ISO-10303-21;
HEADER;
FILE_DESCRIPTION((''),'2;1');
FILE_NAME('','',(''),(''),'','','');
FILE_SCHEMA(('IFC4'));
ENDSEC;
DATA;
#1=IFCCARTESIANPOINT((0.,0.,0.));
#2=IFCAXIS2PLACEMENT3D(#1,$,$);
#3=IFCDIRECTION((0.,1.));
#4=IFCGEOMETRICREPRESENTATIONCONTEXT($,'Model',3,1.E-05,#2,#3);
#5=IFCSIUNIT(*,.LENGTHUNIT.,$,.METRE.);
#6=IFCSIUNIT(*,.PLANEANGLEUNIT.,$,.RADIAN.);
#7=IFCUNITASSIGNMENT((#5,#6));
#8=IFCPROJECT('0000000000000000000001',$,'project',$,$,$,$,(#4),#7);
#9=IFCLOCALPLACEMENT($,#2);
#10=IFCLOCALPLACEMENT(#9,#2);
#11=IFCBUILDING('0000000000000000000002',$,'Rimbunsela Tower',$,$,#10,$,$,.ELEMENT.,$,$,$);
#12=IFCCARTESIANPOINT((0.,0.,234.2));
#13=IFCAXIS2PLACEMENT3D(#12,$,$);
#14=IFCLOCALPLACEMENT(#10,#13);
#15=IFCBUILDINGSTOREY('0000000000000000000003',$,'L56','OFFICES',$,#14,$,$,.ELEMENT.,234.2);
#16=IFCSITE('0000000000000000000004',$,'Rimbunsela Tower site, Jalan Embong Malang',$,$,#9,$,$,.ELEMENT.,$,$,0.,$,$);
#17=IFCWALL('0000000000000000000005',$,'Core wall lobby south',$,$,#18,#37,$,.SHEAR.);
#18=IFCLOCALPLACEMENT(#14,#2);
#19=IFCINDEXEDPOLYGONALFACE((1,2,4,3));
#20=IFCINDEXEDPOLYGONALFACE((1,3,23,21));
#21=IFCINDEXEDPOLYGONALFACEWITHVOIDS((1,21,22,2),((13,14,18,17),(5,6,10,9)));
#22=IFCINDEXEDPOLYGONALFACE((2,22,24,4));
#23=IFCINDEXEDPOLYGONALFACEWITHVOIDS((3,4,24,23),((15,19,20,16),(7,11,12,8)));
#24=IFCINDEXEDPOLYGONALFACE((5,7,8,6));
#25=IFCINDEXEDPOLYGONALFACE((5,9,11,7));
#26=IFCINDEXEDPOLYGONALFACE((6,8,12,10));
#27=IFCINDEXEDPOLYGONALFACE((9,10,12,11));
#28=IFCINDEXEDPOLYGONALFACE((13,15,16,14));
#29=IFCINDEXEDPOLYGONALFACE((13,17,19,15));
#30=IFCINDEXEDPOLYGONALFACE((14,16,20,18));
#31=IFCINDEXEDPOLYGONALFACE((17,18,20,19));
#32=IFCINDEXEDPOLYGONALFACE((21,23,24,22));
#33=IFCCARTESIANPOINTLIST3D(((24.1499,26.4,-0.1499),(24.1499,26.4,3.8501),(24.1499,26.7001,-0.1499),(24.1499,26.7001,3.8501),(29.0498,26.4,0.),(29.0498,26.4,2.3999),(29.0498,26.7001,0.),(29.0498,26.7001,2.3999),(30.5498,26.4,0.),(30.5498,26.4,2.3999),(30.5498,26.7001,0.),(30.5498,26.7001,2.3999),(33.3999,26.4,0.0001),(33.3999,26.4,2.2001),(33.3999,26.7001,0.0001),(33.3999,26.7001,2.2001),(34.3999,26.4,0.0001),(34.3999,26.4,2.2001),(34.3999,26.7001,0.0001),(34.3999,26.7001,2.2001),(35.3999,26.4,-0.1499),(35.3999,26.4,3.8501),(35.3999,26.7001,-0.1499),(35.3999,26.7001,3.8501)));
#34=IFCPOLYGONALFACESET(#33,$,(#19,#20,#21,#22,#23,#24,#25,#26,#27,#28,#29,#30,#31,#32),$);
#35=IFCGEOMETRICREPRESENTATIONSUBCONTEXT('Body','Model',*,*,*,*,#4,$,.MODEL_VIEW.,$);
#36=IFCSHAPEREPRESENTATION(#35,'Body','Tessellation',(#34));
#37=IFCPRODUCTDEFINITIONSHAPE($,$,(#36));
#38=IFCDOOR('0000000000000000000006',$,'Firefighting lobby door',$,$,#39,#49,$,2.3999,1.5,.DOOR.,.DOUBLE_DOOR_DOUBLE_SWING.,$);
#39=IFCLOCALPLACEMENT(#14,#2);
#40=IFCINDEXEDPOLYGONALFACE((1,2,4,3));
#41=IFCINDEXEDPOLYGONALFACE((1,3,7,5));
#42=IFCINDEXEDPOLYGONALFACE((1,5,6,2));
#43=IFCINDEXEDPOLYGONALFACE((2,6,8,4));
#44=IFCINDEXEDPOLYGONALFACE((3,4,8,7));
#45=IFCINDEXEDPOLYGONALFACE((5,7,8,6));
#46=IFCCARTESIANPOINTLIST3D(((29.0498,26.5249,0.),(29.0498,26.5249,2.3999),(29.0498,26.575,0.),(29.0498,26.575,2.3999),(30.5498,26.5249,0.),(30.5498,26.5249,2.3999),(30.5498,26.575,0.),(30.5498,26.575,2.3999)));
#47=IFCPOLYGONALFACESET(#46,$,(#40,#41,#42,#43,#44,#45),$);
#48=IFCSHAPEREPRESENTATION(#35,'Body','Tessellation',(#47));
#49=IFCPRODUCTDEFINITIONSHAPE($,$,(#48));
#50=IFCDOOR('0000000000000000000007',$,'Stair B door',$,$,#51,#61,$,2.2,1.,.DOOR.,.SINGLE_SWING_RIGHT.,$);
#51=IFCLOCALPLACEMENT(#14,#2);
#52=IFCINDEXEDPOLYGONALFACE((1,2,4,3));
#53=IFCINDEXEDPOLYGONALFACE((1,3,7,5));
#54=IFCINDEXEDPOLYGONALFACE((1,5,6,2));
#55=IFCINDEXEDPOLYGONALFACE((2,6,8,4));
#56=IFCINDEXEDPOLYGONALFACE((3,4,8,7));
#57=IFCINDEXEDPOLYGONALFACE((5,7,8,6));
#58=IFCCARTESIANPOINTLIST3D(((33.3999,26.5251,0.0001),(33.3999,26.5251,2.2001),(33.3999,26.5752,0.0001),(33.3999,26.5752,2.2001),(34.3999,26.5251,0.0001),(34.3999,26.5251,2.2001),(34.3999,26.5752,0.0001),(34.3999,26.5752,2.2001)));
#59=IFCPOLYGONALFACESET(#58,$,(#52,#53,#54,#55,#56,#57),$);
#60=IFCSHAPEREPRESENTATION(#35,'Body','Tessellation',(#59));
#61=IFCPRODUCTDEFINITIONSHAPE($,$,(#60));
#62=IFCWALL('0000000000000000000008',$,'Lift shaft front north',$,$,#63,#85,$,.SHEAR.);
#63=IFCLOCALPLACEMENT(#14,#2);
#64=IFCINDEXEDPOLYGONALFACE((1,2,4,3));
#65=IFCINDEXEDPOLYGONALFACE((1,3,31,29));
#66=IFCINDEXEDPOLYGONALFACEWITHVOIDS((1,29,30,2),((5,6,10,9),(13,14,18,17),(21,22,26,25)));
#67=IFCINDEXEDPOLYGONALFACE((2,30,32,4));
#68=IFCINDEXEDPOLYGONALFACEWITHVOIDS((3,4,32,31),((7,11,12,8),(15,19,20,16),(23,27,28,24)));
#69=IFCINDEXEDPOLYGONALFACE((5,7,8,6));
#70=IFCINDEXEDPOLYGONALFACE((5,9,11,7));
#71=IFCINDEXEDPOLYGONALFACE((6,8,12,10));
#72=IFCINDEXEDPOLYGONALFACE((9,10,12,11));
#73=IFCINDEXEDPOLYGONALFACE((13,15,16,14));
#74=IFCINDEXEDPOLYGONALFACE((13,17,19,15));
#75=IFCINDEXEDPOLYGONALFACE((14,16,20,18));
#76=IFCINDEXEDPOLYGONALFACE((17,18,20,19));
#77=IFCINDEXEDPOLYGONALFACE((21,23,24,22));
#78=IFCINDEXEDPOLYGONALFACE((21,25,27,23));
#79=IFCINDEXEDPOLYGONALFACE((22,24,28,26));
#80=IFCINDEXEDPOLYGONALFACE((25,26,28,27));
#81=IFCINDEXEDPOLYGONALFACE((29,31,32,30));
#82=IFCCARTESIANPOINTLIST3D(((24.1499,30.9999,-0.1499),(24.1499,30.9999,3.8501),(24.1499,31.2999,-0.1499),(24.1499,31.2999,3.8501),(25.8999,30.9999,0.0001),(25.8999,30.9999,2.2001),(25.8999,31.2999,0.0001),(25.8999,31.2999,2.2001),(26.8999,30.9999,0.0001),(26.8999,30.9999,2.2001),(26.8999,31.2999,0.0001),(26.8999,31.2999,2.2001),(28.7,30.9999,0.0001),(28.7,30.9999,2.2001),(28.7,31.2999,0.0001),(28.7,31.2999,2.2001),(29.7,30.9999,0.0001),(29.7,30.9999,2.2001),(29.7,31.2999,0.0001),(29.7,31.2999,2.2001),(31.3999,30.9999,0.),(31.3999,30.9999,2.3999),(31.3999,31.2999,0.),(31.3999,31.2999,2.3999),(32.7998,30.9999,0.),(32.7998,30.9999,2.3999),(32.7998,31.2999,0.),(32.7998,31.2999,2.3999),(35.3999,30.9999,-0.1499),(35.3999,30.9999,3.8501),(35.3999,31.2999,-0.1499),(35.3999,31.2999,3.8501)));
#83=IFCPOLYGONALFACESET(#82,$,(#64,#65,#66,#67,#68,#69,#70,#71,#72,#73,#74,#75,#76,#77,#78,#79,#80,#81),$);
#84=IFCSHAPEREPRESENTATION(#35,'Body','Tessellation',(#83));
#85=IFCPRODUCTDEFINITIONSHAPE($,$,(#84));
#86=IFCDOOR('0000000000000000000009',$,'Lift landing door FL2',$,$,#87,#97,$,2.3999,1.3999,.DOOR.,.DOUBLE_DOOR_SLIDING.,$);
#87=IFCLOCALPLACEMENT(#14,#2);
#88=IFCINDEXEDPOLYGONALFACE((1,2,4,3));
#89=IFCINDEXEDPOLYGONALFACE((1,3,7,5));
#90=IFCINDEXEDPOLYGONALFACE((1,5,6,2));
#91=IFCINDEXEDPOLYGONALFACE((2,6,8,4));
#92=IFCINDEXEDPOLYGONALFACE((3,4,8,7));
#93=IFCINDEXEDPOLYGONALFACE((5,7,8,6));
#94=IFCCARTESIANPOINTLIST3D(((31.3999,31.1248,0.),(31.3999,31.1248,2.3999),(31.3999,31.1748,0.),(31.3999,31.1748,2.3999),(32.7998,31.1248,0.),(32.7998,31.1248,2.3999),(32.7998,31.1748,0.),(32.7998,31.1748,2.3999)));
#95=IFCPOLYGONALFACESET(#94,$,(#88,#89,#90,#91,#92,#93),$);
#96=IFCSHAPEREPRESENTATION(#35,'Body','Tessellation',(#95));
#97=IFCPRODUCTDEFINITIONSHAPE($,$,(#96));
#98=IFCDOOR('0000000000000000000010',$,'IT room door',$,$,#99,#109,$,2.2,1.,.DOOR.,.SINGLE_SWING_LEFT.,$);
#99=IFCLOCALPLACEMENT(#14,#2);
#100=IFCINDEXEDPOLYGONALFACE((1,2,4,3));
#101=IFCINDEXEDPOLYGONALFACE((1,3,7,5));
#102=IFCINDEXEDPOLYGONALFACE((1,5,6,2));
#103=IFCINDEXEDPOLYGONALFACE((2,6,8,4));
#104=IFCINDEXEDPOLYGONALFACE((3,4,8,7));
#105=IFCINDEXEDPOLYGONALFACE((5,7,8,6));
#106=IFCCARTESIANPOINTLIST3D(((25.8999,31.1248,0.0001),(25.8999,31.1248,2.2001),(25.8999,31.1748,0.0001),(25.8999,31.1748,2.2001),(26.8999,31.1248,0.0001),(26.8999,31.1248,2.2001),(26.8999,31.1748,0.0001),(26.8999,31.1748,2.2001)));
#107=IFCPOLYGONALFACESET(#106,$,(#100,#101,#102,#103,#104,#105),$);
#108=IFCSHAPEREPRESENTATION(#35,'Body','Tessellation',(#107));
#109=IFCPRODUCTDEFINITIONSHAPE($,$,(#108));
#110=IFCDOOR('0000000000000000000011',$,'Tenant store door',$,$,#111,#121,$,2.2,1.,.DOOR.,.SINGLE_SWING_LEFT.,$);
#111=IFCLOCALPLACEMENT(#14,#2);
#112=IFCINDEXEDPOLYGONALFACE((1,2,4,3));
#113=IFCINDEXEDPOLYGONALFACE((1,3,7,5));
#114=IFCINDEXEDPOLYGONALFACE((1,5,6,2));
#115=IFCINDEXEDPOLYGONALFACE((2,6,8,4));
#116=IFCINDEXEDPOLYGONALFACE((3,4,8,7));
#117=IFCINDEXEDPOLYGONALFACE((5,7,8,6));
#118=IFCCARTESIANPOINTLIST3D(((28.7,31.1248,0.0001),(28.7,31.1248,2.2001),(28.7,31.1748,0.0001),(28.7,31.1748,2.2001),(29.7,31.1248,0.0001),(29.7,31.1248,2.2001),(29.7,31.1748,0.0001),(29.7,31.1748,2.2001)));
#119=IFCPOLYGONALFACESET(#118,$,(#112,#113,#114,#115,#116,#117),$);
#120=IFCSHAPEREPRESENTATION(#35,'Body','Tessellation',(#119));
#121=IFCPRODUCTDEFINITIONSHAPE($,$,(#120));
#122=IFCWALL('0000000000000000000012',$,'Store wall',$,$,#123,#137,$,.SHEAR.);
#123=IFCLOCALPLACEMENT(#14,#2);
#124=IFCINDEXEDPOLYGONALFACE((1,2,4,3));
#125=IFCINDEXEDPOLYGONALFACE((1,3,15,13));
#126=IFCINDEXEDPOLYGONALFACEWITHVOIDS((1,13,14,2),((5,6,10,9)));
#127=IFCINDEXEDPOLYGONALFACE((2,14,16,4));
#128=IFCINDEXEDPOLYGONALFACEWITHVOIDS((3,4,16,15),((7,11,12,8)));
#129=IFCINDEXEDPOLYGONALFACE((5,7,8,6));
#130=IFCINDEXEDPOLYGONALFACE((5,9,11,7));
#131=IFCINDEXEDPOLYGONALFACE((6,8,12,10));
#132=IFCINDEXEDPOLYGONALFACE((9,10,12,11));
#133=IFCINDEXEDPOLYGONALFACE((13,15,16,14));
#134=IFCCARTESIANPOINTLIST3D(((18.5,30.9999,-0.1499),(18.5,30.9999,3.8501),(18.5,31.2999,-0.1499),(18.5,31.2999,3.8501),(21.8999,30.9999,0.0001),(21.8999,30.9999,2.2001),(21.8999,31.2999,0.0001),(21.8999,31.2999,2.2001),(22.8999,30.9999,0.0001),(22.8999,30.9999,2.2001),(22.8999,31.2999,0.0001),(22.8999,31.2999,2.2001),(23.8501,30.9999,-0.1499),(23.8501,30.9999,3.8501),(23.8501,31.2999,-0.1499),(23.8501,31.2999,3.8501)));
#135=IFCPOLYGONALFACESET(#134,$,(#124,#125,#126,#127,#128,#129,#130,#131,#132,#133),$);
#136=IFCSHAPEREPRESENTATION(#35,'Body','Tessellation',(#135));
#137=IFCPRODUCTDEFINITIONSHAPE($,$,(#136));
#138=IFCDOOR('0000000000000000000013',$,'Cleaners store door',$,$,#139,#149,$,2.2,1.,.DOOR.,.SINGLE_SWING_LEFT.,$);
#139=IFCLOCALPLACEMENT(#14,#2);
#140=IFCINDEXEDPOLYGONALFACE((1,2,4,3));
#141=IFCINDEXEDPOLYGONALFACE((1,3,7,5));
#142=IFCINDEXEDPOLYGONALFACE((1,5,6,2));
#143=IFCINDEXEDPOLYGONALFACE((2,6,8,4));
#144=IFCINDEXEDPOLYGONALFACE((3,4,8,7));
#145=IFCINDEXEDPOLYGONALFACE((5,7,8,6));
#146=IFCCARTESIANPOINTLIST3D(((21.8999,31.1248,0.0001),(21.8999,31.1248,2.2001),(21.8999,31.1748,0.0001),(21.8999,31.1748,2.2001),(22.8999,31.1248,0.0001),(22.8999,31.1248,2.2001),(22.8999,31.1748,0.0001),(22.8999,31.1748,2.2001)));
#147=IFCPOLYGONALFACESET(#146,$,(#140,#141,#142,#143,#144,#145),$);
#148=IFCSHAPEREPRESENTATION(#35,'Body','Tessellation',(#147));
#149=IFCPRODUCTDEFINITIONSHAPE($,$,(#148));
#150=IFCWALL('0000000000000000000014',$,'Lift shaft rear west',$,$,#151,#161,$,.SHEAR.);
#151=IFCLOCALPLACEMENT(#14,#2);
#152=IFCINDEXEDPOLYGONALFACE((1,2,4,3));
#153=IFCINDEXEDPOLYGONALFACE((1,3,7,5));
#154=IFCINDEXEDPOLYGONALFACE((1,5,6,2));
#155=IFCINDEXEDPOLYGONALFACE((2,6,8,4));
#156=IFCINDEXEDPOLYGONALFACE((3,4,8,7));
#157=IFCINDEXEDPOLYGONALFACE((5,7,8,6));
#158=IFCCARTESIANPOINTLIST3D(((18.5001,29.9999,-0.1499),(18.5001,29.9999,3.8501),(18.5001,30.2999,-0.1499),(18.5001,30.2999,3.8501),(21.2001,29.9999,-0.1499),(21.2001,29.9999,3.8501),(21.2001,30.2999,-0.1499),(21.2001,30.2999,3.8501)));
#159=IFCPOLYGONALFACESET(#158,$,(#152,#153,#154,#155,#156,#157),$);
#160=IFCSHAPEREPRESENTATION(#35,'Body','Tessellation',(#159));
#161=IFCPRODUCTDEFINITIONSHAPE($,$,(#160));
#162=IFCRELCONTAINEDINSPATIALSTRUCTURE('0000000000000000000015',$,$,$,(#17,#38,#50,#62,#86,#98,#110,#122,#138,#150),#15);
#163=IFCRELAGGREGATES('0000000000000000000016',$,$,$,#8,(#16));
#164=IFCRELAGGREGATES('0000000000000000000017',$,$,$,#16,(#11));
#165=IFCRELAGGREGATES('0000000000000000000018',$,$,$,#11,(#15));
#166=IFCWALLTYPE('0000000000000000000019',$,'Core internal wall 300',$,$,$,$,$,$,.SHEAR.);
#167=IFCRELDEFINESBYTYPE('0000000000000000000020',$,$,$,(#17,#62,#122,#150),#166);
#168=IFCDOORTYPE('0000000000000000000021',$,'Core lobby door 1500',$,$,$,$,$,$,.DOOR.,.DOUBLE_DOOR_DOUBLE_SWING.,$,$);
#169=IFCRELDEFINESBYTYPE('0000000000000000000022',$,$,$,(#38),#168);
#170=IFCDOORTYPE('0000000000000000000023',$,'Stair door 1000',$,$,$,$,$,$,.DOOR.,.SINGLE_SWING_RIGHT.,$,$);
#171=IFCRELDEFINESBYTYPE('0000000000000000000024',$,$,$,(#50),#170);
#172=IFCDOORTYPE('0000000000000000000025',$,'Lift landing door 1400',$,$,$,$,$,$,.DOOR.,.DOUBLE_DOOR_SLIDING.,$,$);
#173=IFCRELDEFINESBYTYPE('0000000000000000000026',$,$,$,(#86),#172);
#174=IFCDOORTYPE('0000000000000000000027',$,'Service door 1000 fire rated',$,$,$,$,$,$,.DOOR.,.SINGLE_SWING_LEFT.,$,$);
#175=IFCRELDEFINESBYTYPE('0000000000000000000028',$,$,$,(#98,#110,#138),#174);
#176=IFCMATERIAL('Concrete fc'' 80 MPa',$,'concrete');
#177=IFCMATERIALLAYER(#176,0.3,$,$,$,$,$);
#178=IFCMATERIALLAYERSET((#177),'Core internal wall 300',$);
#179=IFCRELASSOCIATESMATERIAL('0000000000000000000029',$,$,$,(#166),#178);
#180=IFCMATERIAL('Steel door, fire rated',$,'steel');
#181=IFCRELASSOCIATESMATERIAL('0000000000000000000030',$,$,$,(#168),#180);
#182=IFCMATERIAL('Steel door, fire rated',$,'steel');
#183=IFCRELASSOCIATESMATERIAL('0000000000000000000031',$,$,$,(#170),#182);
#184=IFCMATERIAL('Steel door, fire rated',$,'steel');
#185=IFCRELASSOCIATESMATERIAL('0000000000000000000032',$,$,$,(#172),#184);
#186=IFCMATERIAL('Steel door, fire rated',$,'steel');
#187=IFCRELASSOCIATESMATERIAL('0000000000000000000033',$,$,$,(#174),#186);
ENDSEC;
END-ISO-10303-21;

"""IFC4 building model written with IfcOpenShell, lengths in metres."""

from ifc_helpers import new_model, si_unit, direction, frame, frame_2d, origin, place, context, subcontext, project, spatial, rectangle, extrude, material, layer, layer_set, type_object, element, fill, save


model = new_model("IFC4")

# Units and contexts
model_context = context("Model", 3, precision=1e-05, world=origin(), true_north=direction((0.0, 1.0)))
body_context = subcontext(model_context, "Body", "Model", "MODEL_VIEW")
ifc_project = project(units=[si_unit("LENGTHUNIT", "METRE"), si_unit("PLANEANGLEUNIT", "RADIAN")], contexts=[model_context])

# Site, building, storey
site_placement = place(None, origin())
site = spatial("IfcSite", under=ifc_project, at=site_placement, Name="Rimbunsela Tower site, Jalan Embong Malang", CompositionType="ELEMENT", RefElevation=0.0)
building_placement = place(site_placement, origin())
building = spatial("IfcBuilding", under=site, at=building_placement, Name="Rimbunsela Tower", CompositionType="ELEMENT")
storey_placement = place(building_placement, frame((0.0, 0.0, 234.2)))
storey = spatial("IfcBuildingStorey", under=building, at=storey_placement, Name="L56", Description="OFFICES", CompositionType="ELEMENT", Elevation=234.2)

# Walls, openings, doors
ifc_material_1 = material(Name="Concrete fc' 80 MPa", Category="concrete")
ifc_layer_1 = layer(ifc_material_1, 0.3)
ifc_layer_set_1 = layer_set([ifc_layer_1], Name="Core internal wall 300")
wall_type_1 = type_object("IfcWallType", Name="Core internal wall 300", PredefinedType="SHEAR", material=ifc_layer_set_1)
wall_1_placement = place(storey_placement, frame((24.1499, 26.55, -0.1499), z_axis=(0.0, 0.0, 1.0), x_axis=(1.0, 0.0, 0.0)))
wall_1 = element("IfcWall", 1, at=wall_1_placement, inside=storey, type_object=wall_type_1, Name="Core wall lobby south", PredefinedType="SHEAR", context=body_context, shape_type="SweptSolid", body=[
    extrude(rectangle(XDim=11.25, YDim=0.3, at=frame_2d((5.625, 0.0))), origin(), (0.0, 0.0, 1.0), 4.0),
])
opening_1_placement = place(wall_1_placement, frame((9.25, 0.0, 0.1499)))
opening_1 = element("IfcOpeningElement", 2, at=opening_1_placement, cuts=wall_1, PredefinedType="OPENING", context=body_context, shape_type="SweptSolid", body=[
    extrude(rectangle(XDim=1.0, YDim=2.2, at=frame_2d((0.5, 1.1001))), frame((0.0, 0.1599, 0.0), z_axis=(0.0, -1.0, 0.0), x_axis=(1.0, 0.0, 0.0)), (0.0, 0.0, 1.0), 0.3201),
])
opening_2_placement = place(wall_1_placement, frame((4.8999, 0.0, 0.1499)))
opening_2 = element("IfcOpeningElement", 3, at=opening_2_placement, cuts=wall_1, PredefinedType="OPENING", context=body_context, shape_type="SweptSolid", body=[
    extrude(rectangle(XDim=1.5, YDim=2.3999, at=frame_2d((0.75, 1.2))), frame((0.0, 0.1599, 0.0), z_axis=(0.0, -1.0, 0.0), x_axis=(1.0, 0.0, 0.0)), (0.0, 0.0, 1.0), 0.3201),
])
ifc_material_2 = material(Name="Steel door, fire rated", Category="steel")
door_type_1 = type_object("IfcDoorType", Name="Core lobby door 1500", OperationType="DOUBLE_DOOR_DOUBLE_SWING", PredefinedType="DOOR", material=ifc_material_2)
door_1_placement = place(opening_2_placement, origin())
door_1 = element("IfcDoor", 4, at=door_1_placement, inside=storey, type_object=door_type_1, Name="Firefighting lobby door", OperationType="DOUBLE_DOOR_DOUBLE_SWING", OverallHeight=2.3999, OverallWidth=1.5, PredefinedType="DOOR", context=body_context, shape_type="SweptSolid", body=[
    extrude(rectangle(XDim=1.5, YDim=2.3999, at=frame_2d((0.75, 1.2))), frame((0.0, 0.0249, 0.0), z_axis=(0.0, -1.0, 0.0), x_axis=(1.0, 0.0, 0.0)), (0.0, 0.0, 1.0), 0.05),
])
fill(opening_2, door_1)
ifc_material_3 = material(Name="Steel door, fire rated", Category="steel")
door_type_2 = type_object("IfcDoorType", Name="Stair door 1000", OperationType="SINGLE_SWING_RIGHT", PredefinedType="DOOR", material=ifc_material_3)
door_2_placement = place(opening_1_placement, frame((1.0, 0.0, 0.0), z_axis=(0.0, 0.0, 1.0), x_axis=(-1.0, 0.0, 0.0)))
door_2 = element("IfcDoor", 5, at=door_2_placement, inside=storey, type_object=door_type_2, Name="Stair B door", OperationType="SINGLE_SWING_RIGHT", OverallHeight=2.2, OverallWidth=1.0, PredefinedType="DOOR", context=body_context, shape_type="SweptSolid", body=[
    extrude(rectangle(XDim=1.0, YDim=2.2, at=frame_2d((0.5, 1.1001))), frame((0.0, 0.0249, 0.0), z_axis=(0.0, -1.0, 0.0), x_axis=(1.0, 0.0, 0.0)), (0.0, 0.0, 1.0), 0.05),
])
fill(opening_1, door_2)
wall_2_placement = place(storey_placement, frame((24.1499, 31.1499, -0.1499), z_axis=(0.0, 0.0, 1.0), x_axis=(1.0, 0.0, 0.0)))
wall_2 = element("IfcWall", 6, at=wall_2_placement, inside=storey, type_object=wall_type_1, Name="Lift shaft front north", PredefinedType="SHEAR", context=body_context, shape_type="SweptSolid", body=[
    extrude(rectangle(XDim=11.25, YDim=0.3, at=frame_2d((5.625, 0.0))), origin(), (0.0, 0.0, 1.0), 4.0),
])
opening_3_placement = place(wall_2_placement, frame((1.75, 0.0, 0.1499)))
opening_3 = element("IfcOpeningElement", 7, at=opening_3_placement, cuts=wall_2, PredefinedType="OPENING", context=body_context, shape_type="SweptSolid", body=[
    extrude(rectangle(XDim=1.0, YDim=2.2, at=frame_2d((0.5, 1.1001))), frame((0.0, 0.1599, 0.0), z_axis=(0.0, -1.0, 0.0), x_axis=(1.0, 0.0, 0.0)), (0.0, 0.0, 1.0), 0.3201),
])
opening_4_placement = place(wall_2_placement, frame((4.55, 0.0, 0.1499)))
opening_4 = element("IfcOpeningElement", 8, at=opening_4_placement, cuts=wall_2, PredefinedType="OPENING", context=body_context, shape_type="SweptSolid", body=[
    extrude(rectangle(XDim=1.0, YDim=2.2, at=frame_2d((0.5, 1.1001))), frame((0.0, 0.1599, 0.0), z_axis=(0.0, -1.0, 0.0), x_axis=(1.0, 0.0, 0.0)), (0.0, 0.0, 1.0), 0.3201),
])
opening_5_placement = place(wall_2_placement, frame((7.25, 0.0, 0.1499)))
opening_5 = element("IfcOpeningElement", 9, at=opening_5_placement, cuts=wall_2, PredefinedType="OPENING", context=body_context, shape_type="SweptSolid", body=[
    extrude(rectangle(XDim=1.3999, YDim=2.3999, at=frame_2d((0.7, 1.2))), frame((0.0, 0.1599, 0.0), z_axis=(0.0, -1.0, 0.0), x_axis=(1.0, 0.0, 0.0)), (0.0, 0.0, 1.0), 0.3201),
])
ifc_material_4 = material(Name="Steel door, fire rated", Category="steel")
door_type_3 = type_object("IfcDoorType", Name="Lift landing door 1400", OperationType="DOUBLE_DOOR_SLIDING", PredefinedType="DOOR", material=ifc_material_4)
door_3_placement = place(opening_5_placement, origin())
door_3 = element("IfcDoor", 10, at=door_3_placement, inside=storey, type_object=door_type_3, Name="Lift landing door FL2", OperationType="DOUBLE_DOOR_SLIDING", OverallHeight=2.3999, OverallWidth=1.3999, PredefinedType="DOOR", context=body_context, shape_type="SweptSolid", body=[
    extrude(rectangle(XDim=1.3999, YDim=2.3999, at=frame_2d((0.7, 1.2))), frame((0.0, 0.0249, 0.0), z_axis=(0.0, -1.0, 0.0), x_axis=(1.0, 0.0, 0.0)), (0.0, 0.0, 1.0), 0.05),
])
fill(opening_5, door_3)
ifc_material_5 = material(Name="Steel door, fire rated", Category="steel")
door_type_4 = type_object("IfcDoorType", Name="Service door 1000 fire rated", OperationType="SINGLE_SWING_LEFT", PredefinedType="DOOR", material=ifc_material_5)
door_4_placement = place(opening_3_placement, origin())
door_4 = element("IfcDoor", 11, at=door_4_placement, inside=storey, type_object=door_type_4, Name="IT room door", OperationType="SINGLE_SWING_LEFT", OverallHeight=2.2, OverallWidth=1.0, PredefinedType="DOOR", context=body_context, shape_type="SweptSolid", body=[
    extrude(rectangle(XDim=1.0, YDim=2.2, at=frame_2d((0.5, 1.1001))), frame((0.0, 0.0249, 0.0), z_axis=(0.0, -1.0, 0.0), x_axis=(1.0, 0.0, 0.0)), (0.0, 0.0, 1.0), 0.05),
])
fill(opening_3, door_4)
door_5_placement = place(opening_4_placement, origin())
door_5 = element("IfcDoor", 12, at=door_5_placement, inside=storey, type_object=door_type_4, Name="Tenant store door", OperationType="SINGLE_SWING_LEFT", OverallHeight=2.2, OverallWidth=1.0, PredefinedType="DOOR", context=body_context, shape_type="SweptSolid", body=[
    extrude(rectangle(XDim=1.0, YDim=2.2, at=frame_2d((0.5, 1.1001))), frame((0.0, 0.0249, 0.0), z_axis=(0.0, -1.0, 0.0), x_axis=(1.0, 0.0, 0.0)), (0.0, 0.0, 1.0), 0.05),
])
fill(opening_4, door_5)

# Wall, opening, door
wall_3_placement = place(storey_placement, frame((18.5, 31.1499, -0.1499), z_axis=(0.0, 0.0, 1.0), x_axis=(1.0, 0.0, 0.0)))
wall_3 = element("IfcWall", 13, at=wall_3_placement, inside=storey, type_object=wall_type_1, Name="Store wall", PredefinedType="SHEAR", context=body_context, shape_type="SweptSolid", body=[
    extrude(rectangle(XDim=5.3501, YDim=0.3, at=frame_2d((2.675, 0.0))), origin(), (0.0, 0.0, 1.0), 4.0),
])
opening_6_placement = place(wall_3_placement, frame((3.3999, 0.0, 0.1499)))
opening_6 = element("IfcOpeningElement", 14, at=opening_6_placement, cuts=wall_3, PredefinedType="OPENING", context=body_context, shape_type="SweptSolid", body=[
    extrude(rectangle(XDim=1.0, YDim=2.2, at=frame_2d((0.5, 1.1001))), frame((0.0, 0.1599, 0.0), z_axis=(0.0, -1.0, 0.0), x_axis=(1.0, 0.0, 0.0)), (0.0, 0.0, 1.0), 0.3201),
])
door_6_placement = place(opening_6_placement, origin())
door_6 = element("IfcDoor", 15, at=door_6_placement, inside=storey, type_object=door_type_4, Name="Cleaners store door", OperationType="SINGLE_SWING_LEFT", OverallHeight=2.2, OverallWidth=1.0, PredefinedType="DOOR", context=body_context, shape_type="SweptSolid", body=[
    extrude(rectangle(XDim=1.0, YDim=2.2, at=frame_2d((0.5, 1.1001))), frame((0.0, 0.0249, 0.0), z_axis=(0.0, -1.0, 0.0), x_axis=(1.0, 0.0, 0.0)), (0.0, 0.0, 1.0), 0.05),
])
fill(opening_6, door_6)

# Wall
wall_4_placement = place(storey_placement, frame((18.5, 30.1499, -0.1499), z_axis=(0.0, 0.0, 1.0), x_axis=(1.0, 0.0, 0.0)))
element("IfcWall", 16, at=wall_4_placement, inside=storey, type_object=wall_type_1, Name="Lift shaft rear west", PredefinedType="SHEAR", context=body_context, shape_type="SweptSolid", body=[
    extrude(rectangle(XDim=2.7, YDim=0.3, at=frame_2d((1.3501, 0.0))), origin(), (0.0, 0.0, 1.0), 4.0),
])

save(model, "model.ifc")
